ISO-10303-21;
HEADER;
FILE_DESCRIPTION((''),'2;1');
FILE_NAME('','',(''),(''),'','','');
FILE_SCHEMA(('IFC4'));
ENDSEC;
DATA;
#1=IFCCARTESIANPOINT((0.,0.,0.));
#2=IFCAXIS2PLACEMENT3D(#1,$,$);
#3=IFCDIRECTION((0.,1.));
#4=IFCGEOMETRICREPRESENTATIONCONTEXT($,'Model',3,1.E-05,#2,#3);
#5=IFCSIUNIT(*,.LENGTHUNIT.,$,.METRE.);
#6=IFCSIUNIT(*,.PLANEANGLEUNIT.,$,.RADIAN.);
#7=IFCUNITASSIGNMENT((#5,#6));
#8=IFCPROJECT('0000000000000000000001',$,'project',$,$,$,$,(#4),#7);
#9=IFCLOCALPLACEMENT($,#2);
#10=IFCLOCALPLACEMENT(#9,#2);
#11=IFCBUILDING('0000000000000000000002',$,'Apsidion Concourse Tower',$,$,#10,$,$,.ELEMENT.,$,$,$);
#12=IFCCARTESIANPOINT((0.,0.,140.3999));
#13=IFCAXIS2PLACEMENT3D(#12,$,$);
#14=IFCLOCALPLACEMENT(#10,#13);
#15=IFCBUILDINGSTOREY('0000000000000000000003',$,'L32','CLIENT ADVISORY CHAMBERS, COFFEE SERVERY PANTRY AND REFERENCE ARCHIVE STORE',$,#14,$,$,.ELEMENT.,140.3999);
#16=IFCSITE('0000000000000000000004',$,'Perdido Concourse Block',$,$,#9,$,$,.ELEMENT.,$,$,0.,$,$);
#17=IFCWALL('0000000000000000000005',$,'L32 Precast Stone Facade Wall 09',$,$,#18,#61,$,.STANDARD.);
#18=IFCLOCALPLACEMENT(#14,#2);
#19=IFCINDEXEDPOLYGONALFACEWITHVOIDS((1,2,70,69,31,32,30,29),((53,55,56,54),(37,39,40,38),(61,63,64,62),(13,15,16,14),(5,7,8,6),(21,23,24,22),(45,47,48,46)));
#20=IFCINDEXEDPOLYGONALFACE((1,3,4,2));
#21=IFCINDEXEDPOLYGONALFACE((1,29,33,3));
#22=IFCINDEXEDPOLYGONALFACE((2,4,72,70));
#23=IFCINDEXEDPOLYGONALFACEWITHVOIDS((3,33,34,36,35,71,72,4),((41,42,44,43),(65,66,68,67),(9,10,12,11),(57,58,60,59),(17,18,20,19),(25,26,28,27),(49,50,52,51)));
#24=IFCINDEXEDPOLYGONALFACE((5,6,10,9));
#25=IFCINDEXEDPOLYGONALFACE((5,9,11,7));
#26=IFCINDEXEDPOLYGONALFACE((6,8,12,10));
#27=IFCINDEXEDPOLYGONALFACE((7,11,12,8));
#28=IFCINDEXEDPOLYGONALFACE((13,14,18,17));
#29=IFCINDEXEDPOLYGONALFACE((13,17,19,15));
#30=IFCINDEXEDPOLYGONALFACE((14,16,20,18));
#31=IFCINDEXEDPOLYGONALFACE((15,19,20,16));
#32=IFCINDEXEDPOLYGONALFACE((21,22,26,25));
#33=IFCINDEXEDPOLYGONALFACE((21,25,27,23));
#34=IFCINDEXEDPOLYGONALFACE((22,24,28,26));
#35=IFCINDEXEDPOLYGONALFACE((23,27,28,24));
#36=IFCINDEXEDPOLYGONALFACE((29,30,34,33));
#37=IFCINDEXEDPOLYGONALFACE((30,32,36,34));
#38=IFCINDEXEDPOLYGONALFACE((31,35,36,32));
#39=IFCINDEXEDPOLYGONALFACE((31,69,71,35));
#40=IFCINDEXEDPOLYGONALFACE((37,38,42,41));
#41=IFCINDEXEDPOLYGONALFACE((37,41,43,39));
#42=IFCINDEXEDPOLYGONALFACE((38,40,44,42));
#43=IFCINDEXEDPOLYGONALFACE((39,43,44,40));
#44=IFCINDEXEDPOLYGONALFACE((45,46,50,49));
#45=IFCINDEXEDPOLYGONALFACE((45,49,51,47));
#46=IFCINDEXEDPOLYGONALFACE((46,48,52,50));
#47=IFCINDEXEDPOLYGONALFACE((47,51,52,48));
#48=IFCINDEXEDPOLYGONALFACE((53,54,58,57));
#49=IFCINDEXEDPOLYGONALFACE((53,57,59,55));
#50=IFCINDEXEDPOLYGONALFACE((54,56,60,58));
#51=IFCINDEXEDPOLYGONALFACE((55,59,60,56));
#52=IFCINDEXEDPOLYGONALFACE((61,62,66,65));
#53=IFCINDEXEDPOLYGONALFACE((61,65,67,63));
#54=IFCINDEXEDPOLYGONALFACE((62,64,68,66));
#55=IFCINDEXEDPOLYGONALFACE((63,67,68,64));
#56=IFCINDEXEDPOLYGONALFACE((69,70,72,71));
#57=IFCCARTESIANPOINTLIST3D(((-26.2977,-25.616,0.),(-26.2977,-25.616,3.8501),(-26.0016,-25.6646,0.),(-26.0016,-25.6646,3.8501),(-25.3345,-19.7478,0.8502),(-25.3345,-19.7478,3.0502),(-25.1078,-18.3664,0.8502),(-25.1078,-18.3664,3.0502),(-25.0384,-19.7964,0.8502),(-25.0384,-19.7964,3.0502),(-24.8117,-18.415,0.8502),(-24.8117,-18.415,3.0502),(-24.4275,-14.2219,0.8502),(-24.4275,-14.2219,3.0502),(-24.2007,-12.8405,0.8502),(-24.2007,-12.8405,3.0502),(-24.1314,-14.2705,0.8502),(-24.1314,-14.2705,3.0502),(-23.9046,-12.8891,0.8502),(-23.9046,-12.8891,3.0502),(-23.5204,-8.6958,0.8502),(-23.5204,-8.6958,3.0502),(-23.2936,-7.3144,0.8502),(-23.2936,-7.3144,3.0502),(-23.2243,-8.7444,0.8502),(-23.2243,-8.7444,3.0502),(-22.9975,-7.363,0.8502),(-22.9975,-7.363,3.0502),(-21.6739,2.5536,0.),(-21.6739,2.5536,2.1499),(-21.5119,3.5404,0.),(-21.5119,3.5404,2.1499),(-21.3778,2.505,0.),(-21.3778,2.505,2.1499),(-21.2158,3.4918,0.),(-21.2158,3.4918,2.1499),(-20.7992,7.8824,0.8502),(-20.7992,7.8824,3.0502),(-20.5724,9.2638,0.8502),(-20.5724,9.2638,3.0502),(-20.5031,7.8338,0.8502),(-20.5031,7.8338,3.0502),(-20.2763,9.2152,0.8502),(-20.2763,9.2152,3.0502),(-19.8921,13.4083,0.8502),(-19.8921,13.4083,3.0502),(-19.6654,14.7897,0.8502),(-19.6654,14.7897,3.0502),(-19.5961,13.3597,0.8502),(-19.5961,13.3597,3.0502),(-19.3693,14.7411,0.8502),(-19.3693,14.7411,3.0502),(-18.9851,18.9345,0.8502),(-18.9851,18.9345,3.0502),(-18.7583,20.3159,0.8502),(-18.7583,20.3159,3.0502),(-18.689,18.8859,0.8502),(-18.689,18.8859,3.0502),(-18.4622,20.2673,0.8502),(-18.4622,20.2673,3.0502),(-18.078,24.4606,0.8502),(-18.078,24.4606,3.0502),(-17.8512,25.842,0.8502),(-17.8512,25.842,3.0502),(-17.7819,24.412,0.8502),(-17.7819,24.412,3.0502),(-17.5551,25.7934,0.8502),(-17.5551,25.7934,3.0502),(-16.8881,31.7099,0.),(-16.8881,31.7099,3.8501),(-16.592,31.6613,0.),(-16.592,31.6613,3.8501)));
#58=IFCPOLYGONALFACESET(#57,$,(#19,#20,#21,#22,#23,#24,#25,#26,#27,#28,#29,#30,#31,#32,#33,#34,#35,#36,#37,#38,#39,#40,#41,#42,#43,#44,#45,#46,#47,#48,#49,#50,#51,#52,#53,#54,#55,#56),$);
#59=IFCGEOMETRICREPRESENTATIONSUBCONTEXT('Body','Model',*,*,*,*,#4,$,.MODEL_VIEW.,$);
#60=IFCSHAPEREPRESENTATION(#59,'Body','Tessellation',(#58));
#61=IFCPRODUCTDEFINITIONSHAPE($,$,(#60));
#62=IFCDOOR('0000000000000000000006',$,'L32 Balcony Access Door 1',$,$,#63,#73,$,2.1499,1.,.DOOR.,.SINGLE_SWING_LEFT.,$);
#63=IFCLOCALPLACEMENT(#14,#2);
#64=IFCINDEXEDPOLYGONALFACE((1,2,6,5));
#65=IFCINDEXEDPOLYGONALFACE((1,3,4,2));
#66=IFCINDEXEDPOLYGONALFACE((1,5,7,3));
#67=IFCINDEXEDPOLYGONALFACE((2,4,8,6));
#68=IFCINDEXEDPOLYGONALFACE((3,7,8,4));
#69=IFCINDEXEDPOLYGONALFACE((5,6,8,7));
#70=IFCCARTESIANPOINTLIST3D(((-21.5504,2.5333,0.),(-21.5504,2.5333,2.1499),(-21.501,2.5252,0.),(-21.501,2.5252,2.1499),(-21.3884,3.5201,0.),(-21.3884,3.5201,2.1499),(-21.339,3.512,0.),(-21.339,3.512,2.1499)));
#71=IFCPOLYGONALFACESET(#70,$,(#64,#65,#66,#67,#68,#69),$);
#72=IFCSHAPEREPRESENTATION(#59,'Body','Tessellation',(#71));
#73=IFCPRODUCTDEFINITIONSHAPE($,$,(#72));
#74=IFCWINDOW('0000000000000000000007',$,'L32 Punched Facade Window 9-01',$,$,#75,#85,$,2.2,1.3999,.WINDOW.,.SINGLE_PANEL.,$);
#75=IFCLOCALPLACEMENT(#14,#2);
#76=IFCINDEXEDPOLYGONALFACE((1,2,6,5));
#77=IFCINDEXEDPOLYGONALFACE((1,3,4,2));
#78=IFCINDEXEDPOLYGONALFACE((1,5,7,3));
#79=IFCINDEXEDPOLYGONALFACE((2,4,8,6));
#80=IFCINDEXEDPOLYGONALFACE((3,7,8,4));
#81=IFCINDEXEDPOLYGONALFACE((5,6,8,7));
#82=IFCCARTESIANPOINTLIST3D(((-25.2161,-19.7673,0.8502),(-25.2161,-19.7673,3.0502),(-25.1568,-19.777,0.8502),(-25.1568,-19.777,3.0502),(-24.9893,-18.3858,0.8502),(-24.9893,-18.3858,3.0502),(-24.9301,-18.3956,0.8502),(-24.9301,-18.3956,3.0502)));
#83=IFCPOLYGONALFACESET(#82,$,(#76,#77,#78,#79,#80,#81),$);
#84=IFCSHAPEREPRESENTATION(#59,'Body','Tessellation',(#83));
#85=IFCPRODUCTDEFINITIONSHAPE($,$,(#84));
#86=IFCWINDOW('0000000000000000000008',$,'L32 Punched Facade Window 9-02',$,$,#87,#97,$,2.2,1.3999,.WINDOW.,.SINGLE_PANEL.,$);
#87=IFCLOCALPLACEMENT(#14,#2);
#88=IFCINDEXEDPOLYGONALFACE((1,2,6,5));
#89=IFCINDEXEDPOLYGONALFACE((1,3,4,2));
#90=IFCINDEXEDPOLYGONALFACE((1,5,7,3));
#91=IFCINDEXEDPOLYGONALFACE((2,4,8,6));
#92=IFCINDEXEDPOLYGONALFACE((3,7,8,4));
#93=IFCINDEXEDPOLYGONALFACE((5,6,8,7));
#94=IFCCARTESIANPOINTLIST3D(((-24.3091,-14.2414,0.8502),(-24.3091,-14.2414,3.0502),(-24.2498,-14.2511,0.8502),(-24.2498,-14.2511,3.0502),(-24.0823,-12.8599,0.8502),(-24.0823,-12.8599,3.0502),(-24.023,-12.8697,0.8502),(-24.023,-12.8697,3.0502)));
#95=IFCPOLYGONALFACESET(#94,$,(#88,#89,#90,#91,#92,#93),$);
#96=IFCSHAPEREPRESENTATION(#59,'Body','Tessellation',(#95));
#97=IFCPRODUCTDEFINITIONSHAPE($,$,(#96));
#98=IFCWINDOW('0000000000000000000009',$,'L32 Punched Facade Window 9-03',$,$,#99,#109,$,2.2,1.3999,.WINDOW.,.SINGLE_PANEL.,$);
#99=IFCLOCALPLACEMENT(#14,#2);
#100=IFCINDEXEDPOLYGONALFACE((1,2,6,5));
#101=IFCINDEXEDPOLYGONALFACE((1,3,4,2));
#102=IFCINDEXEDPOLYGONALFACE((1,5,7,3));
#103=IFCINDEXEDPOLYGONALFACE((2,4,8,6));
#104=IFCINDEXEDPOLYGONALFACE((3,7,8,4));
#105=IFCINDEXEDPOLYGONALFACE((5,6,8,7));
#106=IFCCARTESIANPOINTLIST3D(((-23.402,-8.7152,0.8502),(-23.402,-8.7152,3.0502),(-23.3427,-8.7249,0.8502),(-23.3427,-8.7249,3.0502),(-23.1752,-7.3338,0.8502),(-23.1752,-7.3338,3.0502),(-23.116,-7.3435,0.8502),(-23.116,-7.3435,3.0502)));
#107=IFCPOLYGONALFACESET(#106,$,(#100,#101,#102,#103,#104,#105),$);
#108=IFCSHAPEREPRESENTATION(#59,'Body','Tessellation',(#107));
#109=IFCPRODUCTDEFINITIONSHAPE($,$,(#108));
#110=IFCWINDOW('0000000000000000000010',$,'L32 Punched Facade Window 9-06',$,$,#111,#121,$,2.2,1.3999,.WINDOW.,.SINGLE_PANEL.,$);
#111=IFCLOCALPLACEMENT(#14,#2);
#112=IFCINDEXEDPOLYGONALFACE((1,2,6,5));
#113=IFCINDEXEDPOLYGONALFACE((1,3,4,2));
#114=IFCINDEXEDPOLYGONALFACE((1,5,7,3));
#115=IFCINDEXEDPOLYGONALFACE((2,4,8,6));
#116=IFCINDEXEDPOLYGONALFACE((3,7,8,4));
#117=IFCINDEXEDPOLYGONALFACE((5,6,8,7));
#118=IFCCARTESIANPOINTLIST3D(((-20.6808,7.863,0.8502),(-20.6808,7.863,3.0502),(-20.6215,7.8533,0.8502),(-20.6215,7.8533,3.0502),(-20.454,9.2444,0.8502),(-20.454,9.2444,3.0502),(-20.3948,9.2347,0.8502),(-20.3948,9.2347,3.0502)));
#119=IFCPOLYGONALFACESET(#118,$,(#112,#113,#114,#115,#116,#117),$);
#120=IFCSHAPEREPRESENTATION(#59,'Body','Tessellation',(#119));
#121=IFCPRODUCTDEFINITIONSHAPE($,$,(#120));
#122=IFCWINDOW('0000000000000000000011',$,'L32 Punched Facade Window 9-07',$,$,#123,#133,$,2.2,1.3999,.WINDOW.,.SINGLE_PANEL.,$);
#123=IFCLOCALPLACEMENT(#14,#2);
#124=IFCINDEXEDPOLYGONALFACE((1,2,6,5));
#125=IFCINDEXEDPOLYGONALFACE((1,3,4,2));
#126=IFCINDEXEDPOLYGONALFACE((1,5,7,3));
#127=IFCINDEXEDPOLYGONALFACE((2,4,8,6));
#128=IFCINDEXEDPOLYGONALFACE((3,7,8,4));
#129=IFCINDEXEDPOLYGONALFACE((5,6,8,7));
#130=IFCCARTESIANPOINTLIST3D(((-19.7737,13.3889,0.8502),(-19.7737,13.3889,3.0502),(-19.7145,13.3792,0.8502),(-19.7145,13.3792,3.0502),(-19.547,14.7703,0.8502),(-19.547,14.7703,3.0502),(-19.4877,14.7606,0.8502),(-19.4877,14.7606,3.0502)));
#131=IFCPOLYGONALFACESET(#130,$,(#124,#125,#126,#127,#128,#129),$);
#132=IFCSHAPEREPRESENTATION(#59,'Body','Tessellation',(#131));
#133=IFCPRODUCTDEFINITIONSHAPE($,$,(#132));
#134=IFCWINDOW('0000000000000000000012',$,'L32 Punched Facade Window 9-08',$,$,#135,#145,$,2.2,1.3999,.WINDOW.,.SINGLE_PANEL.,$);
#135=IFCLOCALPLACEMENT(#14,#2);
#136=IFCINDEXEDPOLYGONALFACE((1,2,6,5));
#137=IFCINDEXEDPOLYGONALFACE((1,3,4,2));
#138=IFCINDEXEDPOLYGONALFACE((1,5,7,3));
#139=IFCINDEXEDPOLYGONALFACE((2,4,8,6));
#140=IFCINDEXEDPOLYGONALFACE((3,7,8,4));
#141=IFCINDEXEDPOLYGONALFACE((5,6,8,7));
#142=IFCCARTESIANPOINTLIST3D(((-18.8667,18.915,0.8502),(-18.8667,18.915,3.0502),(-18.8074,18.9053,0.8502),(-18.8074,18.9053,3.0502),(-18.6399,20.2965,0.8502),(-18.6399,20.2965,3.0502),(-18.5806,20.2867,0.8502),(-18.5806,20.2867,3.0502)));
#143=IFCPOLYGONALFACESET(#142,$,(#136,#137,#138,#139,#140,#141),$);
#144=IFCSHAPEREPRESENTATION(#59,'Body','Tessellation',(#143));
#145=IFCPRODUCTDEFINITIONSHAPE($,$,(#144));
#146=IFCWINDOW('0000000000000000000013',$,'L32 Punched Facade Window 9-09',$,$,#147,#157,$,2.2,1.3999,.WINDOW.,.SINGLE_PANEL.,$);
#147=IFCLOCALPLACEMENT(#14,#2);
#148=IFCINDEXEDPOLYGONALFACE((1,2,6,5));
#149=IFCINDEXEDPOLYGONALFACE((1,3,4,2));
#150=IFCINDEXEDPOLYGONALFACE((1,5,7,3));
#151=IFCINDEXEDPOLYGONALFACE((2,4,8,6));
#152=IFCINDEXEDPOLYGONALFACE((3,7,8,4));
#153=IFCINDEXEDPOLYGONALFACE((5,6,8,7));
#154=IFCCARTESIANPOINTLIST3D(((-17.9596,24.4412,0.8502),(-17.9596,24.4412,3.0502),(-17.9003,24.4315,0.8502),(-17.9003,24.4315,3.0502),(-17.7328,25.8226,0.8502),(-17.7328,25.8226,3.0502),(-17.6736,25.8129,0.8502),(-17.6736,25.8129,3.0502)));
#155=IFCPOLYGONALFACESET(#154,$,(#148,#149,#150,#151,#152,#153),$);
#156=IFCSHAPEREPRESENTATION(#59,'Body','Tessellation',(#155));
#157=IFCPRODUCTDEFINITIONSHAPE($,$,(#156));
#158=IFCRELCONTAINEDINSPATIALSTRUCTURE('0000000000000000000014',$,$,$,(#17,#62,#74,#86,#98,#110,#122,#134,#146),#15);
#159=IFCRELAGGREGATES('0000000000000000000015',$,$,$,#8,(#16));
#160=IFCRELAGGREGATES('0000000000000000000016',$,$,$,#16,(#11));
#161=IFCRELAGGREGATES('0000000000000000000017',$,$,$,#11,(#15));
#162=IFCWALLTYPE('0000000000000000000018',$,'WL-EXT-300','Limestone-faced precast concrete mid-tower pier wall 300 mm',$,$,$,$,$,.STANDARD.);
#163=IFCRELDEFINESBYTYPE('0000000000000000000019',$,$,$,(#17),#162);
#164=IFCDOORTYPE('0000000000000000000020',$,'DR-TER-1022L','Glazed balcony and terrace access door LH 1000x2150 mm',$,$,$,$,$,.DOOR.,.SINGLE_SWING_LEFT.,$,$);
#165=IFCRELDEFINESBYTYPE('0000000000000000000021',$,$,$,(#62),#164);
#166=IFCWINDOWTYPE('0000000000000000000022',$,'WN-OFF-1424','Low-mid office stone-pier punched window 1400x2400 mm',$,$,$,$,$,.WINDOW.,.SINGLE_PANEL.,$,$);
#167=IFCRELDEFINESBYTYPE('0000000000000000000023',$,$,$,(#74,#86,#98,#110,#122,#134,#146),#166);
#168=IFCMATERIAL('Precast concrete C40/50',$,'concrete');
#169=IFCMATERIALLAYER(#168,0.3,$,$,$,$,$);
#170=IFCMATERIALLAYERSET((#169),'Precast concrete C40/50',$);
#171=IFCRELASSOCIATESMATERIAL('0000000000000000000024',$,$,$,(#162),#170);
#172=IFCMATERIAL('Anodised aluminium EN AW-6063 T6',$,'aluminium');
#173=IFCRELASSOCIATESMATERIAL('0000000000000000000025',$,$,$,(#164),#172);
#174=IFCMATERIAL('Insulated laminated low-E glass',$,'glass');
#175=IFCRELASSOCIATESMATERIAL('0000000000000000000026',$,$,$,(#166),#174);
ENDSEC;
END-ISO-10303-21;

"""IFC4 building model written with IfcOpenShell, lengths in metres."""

from ifc_helpers import new_model, si_unit, direction, frame, frame_2d, origin, place, context, subcontext, project, spatial, rectangle, extrude, material, layer, layer_set, type_object, element, fill, save


model = new_model("IFC4")

# Units and contexts
model_context = context("Model", 3, precision=1e-05, world=origin(), true_north=direction((0.0, 1.0)))
body_context = subcontext(model_context, "Body", "Model", "MODEL_VIEW")
ifc_project = project(units=[si_unit("LENGTHUNIT", "METRE"), si_unit("PLANEANGLEUNIT", "RADIAN")], contexts=[model_context])

# Site, building, storey
site_placement = place(None, origin())
site = spatial("IfcSite", under=ifc_project, at=site_placement, Name="Perdido Concourse Block", CompositionType="ELEMENT", RefElevation=0.0)
building_placement = place(site_placement, origin())
building = spatial("IfcBuilding", under=site, at=building_placement, Name="Apsidion Concourse Tower", CompositionType="ELEMENT")
storey_placement = place(building_placement, frame((0.0, 0.0, 140.3999)))
storey = spatial("IfcBuildingStorey", under=building, at=storey_placement, Name="L32", Description="CLIENT ADVISORY CHAMBERS, COFFEE SERVERY PANTRY AND REFERENCE ARCHIVE STORE", CompositionType="ELEMENT", Elevation=140.3999)

# Shared definitions
ifc_material_1 = material(Name="Precast concrete C40/50", Category="concrete")
ifc_layer_1 = layer(ifc_material_1, 0.3)
ifc_layer_set_1 = layer_set([ifc_layer_1], Name="Precast concrete C40/50")
wall_type_1 = type_object("IfcWallType", Name="WL-EXT-300", Description="Limestone-faced precast concrete mid-tower pier wall 300 mm", PredefinedType="STANDARD", material=ifc_layer_set_1)

# Wall, openings, door, windows
wall_1_placement = place(storey_placement, frame((-26.1497, -25.6401, 0.0), z_axis=(0.0, 0.0, 1.0), x_axis=(0.161976, 0.986795, 0.0)))
wall_1 = element("IfcWall", 1, at=wall_1_placement, inside=storey, type_object=wall_type_1, Name="L32 Precast Stone Facade Wall 09", PredefinedType="STANDARD", context=body_context, shape_type="SweptSolid", body=[
    extrude(rectangle(XDim=58.093, YDim=0.3, at=frame_2d((29.0464, 0.0))), origin(), (0.0, 0.0, 1.0), 3.8501),
])
opening_1_placement = place(wall_1_placement, frame((28.5464, 0.0, 0.0)))
opening_1 = element("IfcOpeningElement", 2, at=opening_1_placement, cuts=wall_1, PredefinedType="OPENING", context=body_context, shape_type="SweptSolid", body=[
    extrude(rectangle(XDim=1.0, YDim=2.1499, at=frame_2d((0.5, 1.075))), frame((0.0, 0.1602, 0.0), z_axis=(0.0, -1.0, 0.0), x_axis=(1.0, 0.0, 0.0)), (0.0, 0.0, 1.0), 0.3201),
])
opening_2_placement = place(wall_1_placement, frame((5.9465, 0.0, 0.8501)))
opening_2 = element("IfcOpeningElement", 3, at=opening_2_placement, cuts=wall_1, PredefinedType="OPENING", context=body_context, shape_type="SweptSolid", body=[
    extrude(rectangle(XDim=1.3999, YDim=2.2, at=frame_2d((0.7, 1.1001))), frame((0.0, 0.1602, 0.0), z_axis=(0.0, -1.0, 0.0), x_axis=(1.0, 0.0, 0.0)), (0.0, 0.0, 1.0), 0.3201),
])
opening_3_placement = place(wall_1_placement, frame((11.5464, 0.0, 0.8501)))
opening_3 = element("IfcOpeningElement", 4, at=opening_3_placement, cuts=wall_1, PredefinedType="OPENING", context=body_context, shape_type="SweptSolid", body=[
    extrude(rectangle(XDim=1.3999, YDim=2.2, at=frame_2d((0.7, 1.1001))), frame((0.0, 0.1602, 0.0), z_axis=(0.0, -1.0, 0.0), x_axis=(1.0, 0.0, 0.0)), (0.0, 0.0, 1.0), 0.3201),
])
opening_4_placement = place(wall_1_placement, frame((17.1465, 0.0, 0.8501)))
opening_4 = element("IfcOpeningElement", 5, at=opening_4_placement, cuts=wall_1, PredefinedType="OPENING", context=body_context, shape_type="SweptSolid", body=[
    extrude(rectangle(XDim=1.3999, YDim=2.2, at=frame_2d((0.7, 1.1001))), frame((0.0, 0.1602, 0.0), z_axis=(0.0, -1.0, 0.0), x_axis=(1.0, 0.0, 0.0)), (0.0, 0.0, 1.0), 0.3201),
])
opening_5_placement = place(wall_1_placement, frame((33.9465, 0.0, 0.8501)))
opening_5 = element("IfcOpeningElement", 6, at=opening_5_placement, cuts=wall_1, PredefinedType="OPENING", context=body_context, shape_type="SweptSolid", body=[
    extrude(rectangle(XDim=1.3999, YDim=2.2, at=frame_2d((0.7, 1.1001))), frame((0.0, 0.1602, 0.0), z_axis=(0.0, -1.0, 0.0), x_axis=(1.0, 0.0, 0.0)), (0.0, 0.0, 1.0), 0.3201),
])
opening_6_placement = place(wall_1_placement, frame((39.5464, 0.0, 0.8501)))
opening_6 = element("IfcOpeningElement", 7, at=opening_6_placement, cuts=wall_1, PredefinedType="OPENING", context=body_context, shape_type="SweptSolid", body=[
    extrude(rectangle(XDim=1.3999, YDim=2.2, at=frame_2d((0.7, 1.1001))), frame((0.0, 0.1602, 0.0), z_axis=(0.0, -1.0, 0.0), x_axis=(1.0, 0.0, 0.0)), (0.0, 0.0, 1.0), 0.3201),
])
opening_7_placement = place(wall_1_placement, frame((45.1465, 0.0, 0.8501)))
opening_7 = element("IfcOpeningElement", 8, at=opening_7_placement, cuts=wall_1, PredefinedType="OPENING", context=body_context, shape_type="SweptSolid", body=[
    extrude(rectangle(XDim=1.3999, YDim=2.2, at=frame_2d((0.7, 1.1001))), frame((0.0, 0.1602, 0.0), z_axis=(0.0, -1.0, 0.0), x_axis=(1.0, 0.0, 0.0)), (0.0, 0.0, 1.0), 0.3201),
])
opening_8_placement = place(wall_1_placement, frame((50.7466, 0.0, 0.8501)))
opening_8 = element("IfcOpeningElement", 9, at=opening_8_placement, cuts=wall_1, PredefinedType="OPENING", context=body_context, shape_type="SweptSolid", body=[
    extrude(rectangle(XDim=1.3999, YDim=2.2, at=frame_2d((0.7, 1.1001))), frame((0.0, 0.1602, 0.0), z_axis=(0.0, -1.0, 0.0), x_axis=(1.0, 0.0, 0.0)), (0.0, 0.0, 1.0), 0.3201),
])
ifc_material_2 = material(Name="Anodised aluminium EN AW-6063 T6", Category="aluminium")
door_type_1 = type_object("IfcDoorType", Name="DR-TER-1022L", Description="Glazed balcony and terrace access door LH 1000x2150 mm", OperationType="SINGLE_SWING_LEFT", PredefinedType="DOOR", material=ifc_material_2)
door_1_placement = place(opening_1_placement, origin())
door_1 = element("IfcDoor", 10, at=door_1_placement, inside=storey, type_object=door_type_1, Name="L32 Balcony Access Door 1", OperationType="SINGLE_SWING_LEFT", OverallHeight=2.1499, OverallWidth=1.0, PredefinedType="DOOR", context=body_context, shape_type="SweptSolid", body=[
    extrude(rectangle(XDim=1.0, YDim=2.1499, at=frame_2d((0.5, 1.075))), frame((0.0, 0.0249, 0.0), z_axis=(0.0, -1.0, 0.0), x_axis=(1.0, 0.0, 0.0)), (0.0, 0.0, 1.0), 0.05),
])
fill(opening_1, door_1)
ifc_material_3 = material(Name="Insulated laminated low-E glass", Category="glass")
window_type = type_object("IfcWindowType", Name="WN-OFF-1424", Description="Low-mid office stone-pier punched window 1400x2400 mm", PartitioningType="SINGLE_PANEL", PredefinedType="WINDOW", material=ifc_material_3)
window_1_placement = place(opening_2_placement, origin())
window_1 = element("IfcWindow", 11, at=window_1_placement, inside=storey, type_object=window_type, Name="L32 Punched Facade Window 9-01", OverallHeight=2.2, OverallWidth=1.3999, PartitioningType="SINGLE_PANEL", PredefinedType="WINDOW", context=body_context, shape_type="SweptSolid", body=[
    extrude(rectangle(XDim=1.3999, YDim=2.2, at=frame_2d((0.7, 1.1001))), frame((0.0, 0.03, 0.0), z_axis=(0.0, -1.0, 0.0), x_axis=(1.0, 0.0, 0.0)), (0.0, 0.0, 1.0), 0.0601),
])
fill(opening_2, window_1)
window_2_placement = place(opening_3_placement, origin())
window_2 = element("IfcWindow", 12, at=window_2_placement, inside=storey, type_object=window_type, Name="L32 Punched Facade Window 9-02", OverallHeight=2.2, OverallWidth=1.3999, PartitioningType="SINGLE_PANEL", PredefinedType="WINDOW", context=body_context, shape_type="SweptSolid", body=[
    extrude(rectangle(XDim=1.3999, YDim=2.2, at=frame_2d((0.7, 1.1001))), frame((0.0, 0.03, 0.0), z_axis=(0.0, -1.0, 0.0), x_axis=(1.0, 0.0, 0.0)), (0.0, 0.0, 1.0), 0.0601),
])
fill(opening_3, window_2)
window_3_placement = place(opening_4_placement, origin())
window_3 = element("IfcWindow", 13, at=window_3_placement, inside=storey, type_object=window_type, Name="L32 Punched Facade Window 9-03", OverallHeight=2.2, OverallWidth=1.3999, PartitioningType="SINGLE_PANEL", PredefinedType="WINDOW", context=body_context, shape_type="SweptSolid", body=[
    extrude(rectangle(XDim=1.3999, YDim=2.2, at=frame_2d((0.7, 1.1001))), frame((0.0, 0.03, 0.0), z_axis=(0.0, -1.0, 0.0), x_axis=(1.0, 0.0, 0.0)), (0.0, 0.0, 1.0), 0.0601),
])
fill(opening_4, window_3)
window_4_placement = place(opening_5_placement, origin())
window_4 = element("IfcWindow", 14, at=window_4_placement, inside=storey, type_object=window_type, Name="L32 Punched Facade Window 9-06", OverallHeight=2.2, OverallWidth=1.3999, PartitioningType="SINGLE_PANEL", PredefinedType="WINDOW", context=body_context, shape_type="SweptSolid", body=[
    extrude(rectangle(XDim=1.3999, YDim=2.2, at=frame_2d((0.7, 1.1001))), frame((0.0, 0.03, 0.0), z_axis=(0.0, -1.0, 0.0), x_axis=(1.0, 0.0, 0.0)), (0.0, 0.0, 1.0), 0.0601),
])
fill(opening_5, window_4)
window_5_placement = place(opening_6_placement, origin())
window_5 = element("IfcWindow", 15, at=window_5_placement, inside=storey, type_object=window_type, Name="L32 Punched Facade Window 9-07", OverallHeight=2.2, OverallWidth=1.3999, PartitioningType="SINGLE_PANEL", PredefinedType="WINDOW", context=body_context, shape_type="SweptSolid", body=[
    extrude(rectangle(XDim=1.3999, YDim=2.2, at=frame_2d((0.7, 1.1001))), frame((0.0, 0.03, 0.0), z_axis=(0.0, -1.0, 0.0), x_axis=(1.0, 0.0, 0.0)), (0.0, 0.0, 1.0), 0.0601),
])
fill(opening_6, window_5)
window_6_placement = place(opening_7_placement, origin())
window_6 = element("IfcWindow", 16, at=window_6_placement, inside=storey, type_object=window_type, Name="L32 Punched Facade Window 9-08", OverallHeight=2.2, OverallWidth=1.3999, PartitioningType="SINGLE_PANEL", PredefinedType="WINDOW", context=body_context, shape_type="SweptSolid", body=[
    extrude(rectangle(XDim=1.3999, YDim=2.2, at=frame_2d((0.7, 1.1001))), frame((0.0, 0.03, 0.0), z_axis=(0.0, -1.0, 0.0), x_axis=(1.0, 0.0, 0.0)), (0.0, 0.0, 1.0), 0.0601),
])
fill(opening_7, window_6)
window_7_placement = place(opening_8_placement, origin())
window_7 = element("IfcWindow", 17, at=window_7_placement, inside=storey, type_object=window_type, Name="L32 Punched Facade Window 9-09", OverallHeight=2.2, OverallWidth=1.3999, PartitioningType="SINGLE_PANEL", PredefinedType="WINDOW", context=body_context, shape_type="SweptSolid", body=[
    extrude(rectangle(XDim=1.3999, YDim=2.2, at=frame_2d((0.7, 1.1001))), frame((0.0, 0.03, 0.0), z_axis=(0.0, -1.0, 0.0), x_axis=(1.0, 0.0, 0.0)), (0.0, 0.0, 1.0), 0.0601),
])
fill(opening_8, window_7)

save(model, "model.ifc")
